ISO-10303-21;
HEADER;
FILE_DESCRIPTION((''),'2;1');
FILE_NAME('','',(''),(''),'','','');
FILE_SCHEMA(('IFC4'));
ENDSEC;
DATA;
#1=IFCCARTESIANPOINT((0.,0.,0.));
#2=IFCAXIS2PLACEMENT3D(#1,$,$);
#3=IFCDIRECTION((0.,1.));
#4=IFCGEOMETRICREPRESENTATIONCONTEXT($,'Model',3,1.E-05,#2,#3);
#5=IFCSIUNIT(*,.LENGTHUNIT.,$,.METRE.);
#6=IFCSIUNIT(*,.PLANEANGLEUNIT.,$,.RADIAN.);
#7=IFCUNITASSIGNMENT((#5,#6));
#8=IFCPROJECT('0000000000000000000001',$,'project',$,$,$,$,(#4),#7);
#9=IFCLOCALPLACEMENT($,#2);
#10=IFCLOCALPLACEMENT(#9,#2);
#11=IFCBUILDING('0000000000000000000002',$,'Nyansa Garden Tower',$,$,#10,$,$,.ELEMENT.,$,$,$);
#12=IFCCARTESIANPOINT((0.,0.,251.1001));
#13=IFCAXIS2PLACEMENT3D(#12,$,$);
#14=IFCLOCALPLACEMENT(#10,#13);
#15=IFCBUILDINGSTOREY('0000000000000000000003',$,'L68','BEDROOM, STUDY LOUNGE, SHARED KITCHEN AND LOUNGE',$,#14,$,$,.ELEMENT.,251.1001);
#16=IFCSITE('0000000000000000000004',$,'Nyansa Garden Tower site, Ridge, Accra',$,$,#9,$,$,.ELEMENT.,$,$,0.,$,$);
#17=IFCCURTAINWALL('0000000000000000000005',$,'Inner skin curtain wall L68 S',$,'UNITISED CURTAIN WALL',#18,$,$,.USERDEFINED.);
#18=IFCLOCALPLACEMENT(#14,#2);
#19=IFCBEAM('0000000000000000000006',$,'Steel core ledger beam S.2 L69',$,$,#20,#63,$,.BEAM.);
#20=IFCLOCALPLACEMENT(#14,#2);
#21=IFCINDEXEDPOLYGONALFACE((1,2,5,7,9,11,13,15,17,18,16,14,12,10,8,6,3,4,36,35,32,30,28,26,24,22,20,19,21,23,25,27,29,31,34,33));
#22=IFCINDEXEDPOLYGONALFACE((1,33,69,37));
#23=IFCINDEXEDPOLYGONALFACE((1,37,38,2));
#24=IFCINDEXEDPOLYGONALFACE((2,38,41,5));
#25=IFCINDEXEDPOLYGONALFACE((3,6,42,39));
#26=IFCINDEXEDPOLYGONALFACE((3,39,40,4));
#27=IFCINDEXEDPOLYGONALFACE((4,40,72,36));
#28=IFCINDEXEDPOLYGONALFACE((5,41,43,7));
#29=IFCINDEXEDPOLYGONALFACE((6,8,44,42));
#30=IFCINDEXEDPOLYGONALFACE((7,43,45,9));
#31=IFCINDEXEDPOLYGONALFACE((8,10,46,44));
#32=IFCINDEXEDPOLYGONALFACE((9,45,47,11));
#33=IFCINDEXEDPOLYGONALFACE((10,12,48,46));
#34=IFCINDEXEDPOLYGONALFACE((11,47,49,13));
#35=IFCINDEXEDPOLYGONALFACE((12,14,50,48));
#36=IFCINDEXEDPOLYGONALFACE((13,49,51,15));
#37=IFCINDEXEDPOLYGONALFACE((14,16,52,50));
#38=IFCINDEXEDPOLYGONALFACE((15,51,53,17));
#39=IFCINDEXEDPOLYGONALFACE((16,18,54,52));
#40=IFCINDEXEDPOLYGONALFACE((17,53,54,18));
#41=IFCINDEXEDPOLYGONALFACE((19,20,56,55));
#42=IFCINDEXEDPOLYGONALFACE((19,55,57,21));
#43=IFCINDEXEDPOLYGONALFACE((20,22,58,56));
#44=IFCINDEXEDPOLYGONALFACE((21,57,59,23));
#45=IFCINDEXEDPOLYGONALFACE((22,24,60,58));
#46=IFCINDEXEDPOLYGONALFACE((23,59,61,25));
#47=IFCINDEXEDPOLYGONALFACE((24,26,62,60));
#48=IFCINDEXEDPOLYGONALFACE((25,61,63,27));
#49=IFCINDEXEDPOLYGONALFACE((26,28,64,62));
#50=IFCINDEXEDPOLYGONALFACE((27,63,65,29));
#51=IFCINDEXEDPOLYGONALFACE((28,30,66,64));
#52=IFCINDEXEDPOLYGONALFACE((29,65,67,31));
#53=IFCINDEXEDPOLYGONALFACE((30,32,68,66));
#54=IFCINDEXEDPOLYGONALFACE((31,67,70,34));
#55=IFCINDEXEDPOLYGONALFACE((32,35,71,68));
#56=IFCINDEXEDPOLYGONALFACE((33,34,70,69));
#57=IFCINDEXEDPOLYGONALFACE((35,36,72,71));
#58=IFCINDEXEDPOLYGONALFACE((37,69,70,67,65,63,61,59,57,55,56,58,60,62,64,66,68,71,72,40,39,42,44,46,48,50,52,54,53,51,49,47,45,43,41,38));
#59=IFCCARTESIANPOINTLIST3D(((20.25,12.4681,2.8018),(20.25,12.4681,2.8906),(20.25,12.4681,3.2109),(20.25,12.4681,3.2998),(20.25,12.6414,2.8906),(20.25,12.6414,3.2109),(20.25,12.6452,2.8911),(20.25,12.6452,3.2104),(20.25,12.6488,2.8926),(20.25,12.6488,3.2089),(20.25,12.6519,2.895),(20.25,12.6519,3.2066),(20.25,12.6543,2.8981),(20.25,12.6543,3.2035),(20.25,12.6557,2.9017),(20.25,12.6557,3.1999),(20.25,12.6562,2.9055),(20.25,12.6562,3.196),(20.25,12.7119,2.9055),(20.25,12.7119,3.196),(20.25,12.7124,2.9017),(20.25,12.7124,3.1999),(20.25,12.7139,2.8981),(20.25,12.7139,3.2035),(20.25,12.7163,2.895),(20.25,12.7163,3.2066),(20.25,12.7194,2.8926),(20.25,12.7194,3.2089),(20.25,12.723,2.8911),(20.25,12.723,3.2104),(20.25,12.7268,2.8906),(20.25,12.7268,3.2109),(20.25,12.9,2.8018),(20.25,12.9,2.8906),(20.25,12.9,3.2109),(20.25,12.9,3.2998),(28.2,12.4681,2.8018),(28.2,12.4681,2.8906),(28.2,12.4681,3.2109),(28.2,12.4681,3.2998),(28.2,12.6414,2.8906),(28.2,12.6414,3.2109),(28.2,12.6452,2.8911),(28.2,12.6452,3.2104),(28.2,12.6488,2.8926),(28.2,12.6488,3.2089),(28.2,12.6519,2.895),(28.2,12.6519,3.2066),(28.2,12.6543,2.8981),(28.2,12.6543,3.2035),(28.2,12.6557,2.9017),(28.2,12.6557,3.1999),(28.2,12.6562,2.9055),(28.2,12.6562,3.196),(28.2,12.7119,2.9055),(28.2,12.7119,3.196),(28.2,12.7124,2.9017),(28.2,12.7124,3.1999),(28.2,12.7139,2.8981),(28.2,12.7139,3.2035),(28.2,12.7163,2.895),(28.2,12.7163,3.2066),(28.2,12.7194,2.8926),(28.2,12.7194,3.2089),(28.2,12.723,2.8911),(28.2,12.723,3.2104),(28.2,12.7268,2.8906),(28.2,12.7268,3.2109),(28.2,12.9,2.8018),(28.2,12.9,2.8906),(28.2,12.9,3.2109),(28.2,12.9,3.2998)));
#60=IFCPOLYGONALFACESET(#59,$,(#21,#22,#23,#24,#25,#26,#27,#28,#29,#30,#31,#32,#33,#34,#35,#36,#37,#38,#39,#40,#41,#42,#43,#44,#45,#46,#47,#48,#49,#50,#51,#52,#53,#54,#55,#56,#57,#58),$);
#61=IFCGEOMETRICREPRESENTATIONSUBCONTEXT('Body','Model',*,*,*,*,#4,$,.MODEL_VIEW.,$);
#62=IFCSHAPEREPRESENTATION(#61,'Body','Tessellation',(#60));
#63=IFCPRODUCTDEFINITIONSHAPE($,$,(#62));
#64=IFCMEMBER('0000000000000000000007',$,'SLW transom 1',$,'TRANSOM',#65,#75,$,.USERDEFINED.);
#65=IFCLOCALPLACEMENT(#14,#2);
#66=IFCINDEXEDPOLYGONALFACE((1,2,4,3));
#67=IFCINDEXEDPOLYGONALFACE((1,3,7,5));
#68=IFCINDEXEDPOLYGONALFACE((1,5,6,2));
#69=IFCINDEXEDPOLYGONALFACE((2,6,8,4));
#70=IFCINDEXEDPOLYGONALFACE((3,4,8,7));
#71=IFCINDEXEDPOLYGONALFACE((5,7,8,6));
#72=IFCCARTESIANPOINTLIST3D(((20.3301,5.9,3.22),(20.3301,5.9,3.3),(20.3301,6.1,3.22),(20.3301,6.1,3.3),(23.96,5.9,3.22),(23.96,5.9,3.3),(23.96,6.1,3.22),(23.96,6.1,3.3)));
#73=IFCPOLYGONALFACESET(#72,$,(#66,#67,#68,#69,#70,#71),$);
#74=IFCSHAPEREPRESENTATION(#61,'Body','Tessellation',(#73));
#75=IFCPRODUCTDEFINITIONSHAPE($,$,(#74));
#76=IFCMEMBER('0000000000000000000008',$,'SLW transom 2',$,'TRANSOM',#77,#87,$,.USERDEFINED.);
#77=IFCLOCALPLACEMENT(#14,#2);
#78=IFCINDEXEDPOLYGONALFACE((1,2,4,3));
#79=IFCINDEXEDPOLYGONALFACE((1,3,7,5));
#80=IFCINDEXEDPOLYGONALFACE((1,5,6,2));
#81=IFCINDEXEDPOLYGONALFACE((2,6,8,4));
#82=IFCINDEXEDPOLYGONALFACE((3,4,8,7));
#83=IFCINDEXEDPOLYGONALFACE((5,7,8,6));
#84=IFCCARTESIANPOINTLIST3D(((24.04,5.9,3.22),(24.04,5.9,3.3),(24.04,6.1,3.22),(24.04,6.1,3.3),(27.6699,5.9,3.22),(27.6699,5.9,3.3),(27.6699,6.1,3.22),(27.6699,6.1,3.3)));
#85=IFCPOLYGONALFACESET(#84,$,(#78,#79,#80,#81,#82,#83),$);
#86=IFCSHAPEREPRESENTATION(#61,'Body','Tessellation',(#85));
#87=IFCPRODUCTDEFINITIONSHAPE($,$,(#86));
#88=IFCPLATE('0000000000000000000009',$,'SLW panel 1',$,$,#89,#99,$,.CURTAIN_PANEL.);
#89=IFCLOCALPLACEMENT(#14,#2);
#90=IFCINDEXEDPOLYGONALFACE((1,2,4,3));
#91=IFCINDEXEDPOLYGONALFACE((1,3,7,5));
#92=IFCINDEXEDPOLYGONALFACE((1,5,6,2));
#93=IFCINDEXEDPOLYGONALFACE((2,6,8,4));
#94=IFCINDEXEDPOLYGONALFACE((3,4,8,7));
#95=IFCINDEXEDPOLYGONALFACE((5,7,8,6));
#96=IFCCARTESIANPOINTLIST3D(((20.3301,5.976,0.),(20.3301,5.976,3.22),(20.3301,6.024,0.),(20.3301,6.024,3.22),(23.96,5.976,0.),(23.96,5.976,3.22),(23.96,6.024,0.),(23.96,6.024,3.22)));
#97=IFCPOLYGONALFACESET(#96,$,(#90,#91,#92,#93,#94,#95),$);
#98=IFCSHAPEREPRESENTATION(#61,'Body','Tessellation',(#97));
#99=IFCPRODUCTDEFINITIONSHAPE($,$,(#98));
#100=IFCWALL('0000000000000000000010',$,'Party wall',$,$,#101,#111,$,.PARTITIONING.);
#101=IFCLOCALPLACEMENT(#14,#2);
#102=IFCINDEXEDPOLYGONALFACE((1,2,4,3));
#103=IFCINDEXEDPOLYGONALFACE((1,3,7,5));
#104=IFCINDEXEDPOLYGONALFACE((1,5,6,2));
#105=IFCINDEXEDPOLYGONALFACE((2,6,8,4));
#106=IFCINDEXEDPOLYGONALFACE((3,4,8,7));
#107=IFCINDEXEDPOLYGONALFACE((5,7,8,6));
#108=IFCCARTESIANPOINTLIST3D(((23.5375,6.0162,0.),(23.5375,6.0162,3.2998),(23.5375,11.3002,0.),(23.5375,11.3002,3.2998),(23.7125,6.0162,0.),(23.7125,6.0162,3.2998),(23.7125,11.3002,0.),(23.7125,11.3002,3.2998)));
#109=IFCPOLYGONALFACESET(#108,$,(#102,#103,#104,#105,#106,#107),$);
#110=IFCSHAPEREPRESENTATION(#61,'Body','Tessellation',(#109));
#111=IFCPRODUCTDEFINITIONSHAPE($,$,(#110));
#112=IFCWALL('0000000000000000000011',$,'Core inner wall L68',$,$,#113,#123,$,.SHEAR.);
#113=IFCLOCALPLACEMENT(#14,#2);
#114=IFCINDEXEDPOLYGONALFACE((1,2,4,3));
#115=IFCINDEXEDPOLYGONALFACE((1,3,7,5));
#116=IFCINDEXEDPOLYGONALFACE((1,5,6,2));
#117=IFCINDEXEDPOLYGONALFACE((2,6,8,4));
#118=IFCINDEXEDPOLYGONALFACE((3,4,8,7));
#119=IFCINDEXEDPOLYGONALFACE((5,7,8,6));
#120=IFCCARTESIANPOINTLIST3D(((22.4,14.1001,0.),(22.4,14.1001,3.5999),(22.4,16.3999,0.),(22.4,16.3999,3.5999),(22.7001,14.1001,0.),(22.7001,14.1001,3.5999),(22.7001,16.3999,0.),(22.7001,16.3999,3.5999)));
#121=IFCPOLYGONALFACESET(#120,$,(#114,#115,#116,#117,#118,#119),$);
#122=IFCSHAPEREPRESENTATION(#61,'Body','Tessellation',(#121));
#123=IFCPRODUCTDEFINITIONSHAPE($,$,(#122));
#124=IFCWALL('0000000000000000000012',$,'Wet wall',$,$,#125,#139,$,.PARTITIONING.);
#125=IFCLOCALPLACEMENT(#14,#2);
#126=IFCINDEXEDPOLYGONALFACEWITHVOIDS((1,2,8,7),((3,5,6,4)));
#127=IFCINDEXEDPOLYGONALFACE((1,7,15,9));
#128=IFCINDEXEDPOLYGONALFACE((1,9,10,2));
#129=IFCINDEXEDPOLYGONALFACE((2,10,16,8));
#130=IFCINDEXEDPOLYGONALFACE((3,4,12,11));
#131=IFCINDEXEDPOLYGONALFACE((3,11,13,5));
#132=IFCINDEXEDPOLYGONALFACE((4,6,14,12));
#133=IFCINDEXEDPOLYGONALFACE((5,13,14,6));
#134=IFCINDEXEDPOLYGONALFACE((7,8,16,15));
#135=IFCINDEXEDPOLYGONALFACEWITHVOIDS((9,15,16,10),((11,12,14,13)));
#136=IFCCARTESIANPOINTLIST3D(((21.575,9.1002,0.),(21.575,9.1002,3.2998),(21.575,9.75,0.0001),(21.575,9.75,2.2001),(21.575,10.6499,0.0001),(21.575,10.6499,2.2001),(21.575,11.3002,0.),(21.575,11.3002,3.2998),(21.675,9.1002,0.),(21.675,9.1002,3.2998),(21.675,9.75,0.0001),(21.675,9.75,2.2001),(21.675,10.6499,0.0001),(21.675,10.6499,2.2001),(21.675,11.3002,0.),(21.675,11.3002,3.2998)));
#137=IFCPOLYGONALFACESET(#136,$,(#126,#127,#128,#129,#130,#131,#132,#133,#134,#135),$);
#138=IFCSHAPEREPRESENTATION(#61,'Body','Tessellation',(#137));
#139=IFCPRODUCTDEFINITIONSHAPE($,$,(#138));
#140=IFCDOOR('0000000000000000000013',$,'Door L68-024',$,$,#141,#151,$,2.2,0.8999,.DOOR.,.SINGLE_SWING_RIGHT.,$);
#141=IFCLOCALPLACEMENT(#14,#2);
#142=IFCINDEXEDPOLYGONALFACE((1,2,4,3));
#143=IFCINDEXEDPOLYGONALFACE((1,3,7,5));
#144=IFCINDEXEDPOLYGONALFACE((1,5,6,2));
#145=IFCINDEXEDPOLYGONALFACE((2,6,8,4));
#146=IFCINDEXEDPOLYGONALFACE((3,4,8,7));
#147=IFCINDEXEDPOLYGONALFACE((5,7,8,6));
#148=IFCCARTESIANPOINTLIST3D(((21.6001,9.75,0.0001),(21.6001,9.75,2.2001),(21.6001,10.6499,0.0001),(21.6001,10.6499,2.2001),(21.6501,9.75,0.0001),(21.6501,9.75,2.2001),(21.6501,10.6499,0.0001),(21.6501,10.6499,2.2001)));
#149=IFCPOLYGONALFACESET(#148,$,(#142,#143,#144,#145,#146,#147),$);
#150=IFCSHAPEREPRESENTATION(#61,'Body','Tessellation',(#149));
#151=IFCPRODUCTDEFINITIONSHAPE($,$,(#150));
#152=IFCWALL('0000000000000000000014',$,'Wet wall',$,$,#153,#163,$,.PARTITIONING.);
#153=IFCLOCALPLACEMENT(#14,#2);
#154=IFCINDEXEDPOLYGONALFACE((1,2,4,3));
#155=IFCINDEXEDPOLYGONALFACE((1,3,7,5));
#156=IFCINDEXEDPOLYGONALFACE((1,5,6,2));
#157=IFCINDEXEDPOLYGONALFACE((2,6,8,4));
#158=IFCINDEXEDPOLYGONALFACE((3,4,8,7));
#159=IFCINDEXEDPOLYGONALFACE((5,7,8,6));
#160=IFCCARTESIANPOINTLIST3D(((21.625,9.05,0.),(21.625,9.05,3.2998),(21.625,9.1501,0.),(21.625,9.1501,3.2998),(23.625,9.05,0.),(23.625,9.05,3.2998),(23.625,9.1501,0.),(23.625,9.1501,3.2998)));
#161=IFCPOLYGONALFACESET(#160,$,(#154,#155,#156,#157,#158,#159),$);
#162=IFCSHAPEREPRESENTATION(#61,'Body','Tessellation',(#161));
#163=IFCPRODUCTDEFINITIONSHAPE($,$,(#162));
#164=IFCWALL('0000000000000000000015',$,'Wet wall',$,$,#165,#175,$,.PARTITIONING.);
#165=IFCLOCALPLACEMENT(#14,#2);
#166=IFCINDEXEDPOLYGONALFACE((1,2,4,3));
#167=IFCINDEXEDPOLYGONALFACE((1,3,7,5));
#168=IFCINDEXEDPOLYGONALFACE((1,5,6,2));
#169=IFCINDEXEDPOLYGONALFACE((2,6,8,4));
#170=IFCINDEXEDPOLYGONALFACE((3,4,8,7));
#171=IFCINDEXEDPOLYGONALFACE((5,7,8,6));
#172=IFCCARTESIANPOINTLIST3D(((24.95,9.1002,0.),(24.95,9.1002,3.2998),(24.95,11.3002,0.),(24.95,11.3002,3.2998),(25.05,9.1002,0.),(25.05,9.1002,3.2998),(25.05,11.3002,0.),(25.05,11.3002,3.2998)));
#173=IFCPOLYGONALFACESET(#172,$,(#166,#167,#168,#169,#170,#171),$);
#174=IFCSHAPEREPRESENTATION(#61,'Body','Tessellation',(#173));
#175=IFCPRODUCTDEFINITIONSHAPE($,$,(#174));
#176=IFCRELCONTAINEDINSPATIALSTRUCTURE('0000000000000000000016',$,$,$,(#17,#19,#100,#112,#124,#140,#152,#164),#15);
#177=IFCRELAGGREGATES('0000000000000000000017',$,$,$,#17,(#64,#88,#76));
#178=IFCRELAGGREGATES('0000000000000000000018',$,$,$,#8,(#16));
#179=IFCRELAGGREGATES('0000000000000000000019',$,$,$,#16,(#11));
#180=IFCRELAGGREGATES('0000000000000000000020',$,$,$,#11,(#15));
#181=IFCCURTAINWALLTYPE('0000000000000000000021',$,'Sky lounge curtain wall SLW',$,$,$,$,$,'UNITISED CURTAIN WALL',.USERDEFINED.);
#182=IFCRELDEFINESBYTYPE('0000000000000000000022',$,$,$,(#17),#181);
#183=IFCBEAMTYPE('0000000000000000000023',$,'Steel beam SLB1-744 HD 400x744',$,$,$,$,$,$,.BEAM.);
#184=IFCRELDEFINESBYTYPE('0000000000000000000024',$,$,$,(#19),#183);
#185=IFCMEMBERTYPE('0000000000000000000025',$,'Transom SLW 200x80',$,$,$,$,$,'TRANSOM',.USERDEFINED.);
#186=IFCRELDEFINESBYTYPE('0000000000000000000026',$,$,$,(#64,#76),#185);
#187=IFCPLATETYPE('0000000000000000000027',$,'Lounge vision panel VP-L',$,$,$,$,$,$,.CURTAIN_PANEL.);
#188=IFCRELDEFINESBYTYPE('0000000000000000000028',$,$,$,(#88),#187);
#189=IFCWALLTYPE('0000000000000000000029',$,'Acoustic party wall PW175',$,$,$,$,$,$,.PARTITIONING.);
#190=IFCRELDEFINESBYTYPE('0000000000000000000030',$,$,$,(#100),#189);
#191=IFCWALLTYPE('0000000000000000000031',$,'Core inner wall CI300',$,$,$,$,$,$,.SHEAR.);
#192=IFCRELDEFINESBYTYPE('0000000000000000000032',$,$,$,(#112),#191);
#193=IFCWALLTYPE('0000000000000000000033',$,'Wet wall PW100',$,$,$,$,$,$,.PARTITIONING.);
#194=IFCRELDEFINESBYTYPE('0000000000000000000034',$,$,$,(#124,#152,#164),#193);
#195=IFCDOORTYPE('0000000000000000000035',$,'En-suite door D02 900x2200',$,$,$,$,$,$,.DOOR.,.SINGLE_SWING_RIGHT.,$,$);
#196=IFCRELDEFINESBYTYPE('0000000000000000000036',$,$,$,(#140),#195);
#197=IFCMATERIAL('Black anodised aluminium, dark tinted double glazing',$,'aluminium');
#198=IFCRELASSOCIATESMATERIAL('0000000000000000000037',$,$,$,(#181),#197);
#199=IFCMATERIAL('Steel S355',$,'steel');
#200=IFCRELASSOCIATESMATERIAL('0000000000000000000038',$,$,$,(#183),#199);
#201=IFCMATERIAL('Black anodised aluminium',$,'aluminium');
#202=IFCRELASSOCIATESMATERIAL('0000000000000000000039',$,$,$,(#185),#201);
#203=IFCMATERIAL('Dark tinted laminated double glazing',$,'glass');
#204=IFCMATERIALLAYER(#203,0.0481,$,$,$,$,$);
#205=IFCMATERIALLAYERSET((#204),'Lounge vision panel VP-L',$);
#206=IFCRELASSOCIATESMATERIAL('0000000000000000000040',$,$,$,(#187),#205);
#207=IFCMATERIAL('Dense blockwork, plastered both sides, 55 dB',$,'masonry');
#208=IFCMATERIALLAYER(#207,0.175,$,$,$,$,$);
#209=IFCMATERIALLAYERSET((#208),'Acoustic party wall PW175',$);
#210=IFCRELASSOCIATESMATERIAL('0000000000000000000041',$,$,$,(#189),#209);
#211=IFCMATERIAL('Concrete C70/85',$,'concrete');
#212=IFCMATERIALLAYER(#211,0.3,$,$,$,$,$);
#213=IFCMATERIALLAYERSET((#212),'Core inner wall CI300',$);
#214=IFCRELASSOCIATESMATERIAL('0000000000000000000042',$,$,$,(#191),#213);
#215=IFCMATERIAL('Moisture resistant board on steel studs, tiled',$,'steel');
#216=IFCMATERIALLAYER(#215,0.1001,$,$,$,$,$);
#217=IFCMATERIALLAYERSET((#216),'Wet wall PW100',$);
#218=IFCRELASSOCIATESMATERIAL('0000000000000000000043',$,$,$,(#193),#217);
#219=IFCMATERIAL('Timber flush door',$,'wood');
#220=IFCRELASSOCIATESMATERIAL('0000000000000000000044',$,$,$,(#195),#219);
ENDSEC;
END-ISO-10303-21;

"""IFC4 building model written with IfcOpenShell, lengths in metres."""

from ifc_helpers import new_model, si_unit, direction, frame, frame_2d, origin, origin_2d, place, context, subcontext, project, spatial, rectangle, i_section, extrude, material, layer, layer_set, material_profile, profile_set, type_object, element, fill, aggregate, save


model = new_model("IFC4")

# Units and contexts
model_context = context("Model", 3, precision=1e-05, world=origin(), true_north=direction((0.0, 1.0)))
body_context = subcontext(model_context, "Body", "Model", "MODEL_VIEW")
ifc_project = project(units=[si_unit("LENGTHUNIT", "METRE"), si_unit("PLANEANGLEUNIT", "RADIAN")], contexts=[model_context])

# Site, building, storey
site_placement = place(None, origin())
site = spatial("IfcSite", under=ifc_project, at=site_placement, Name="Nyansa Garden Tower site, Ridge, Accra", CompositionType="ELEMENT", RefElevation=0.0)
building_placement = place(site_placement, origin())
building = spatial("IfcBuilding", under=site, at=building_placement, Name="Nyansa Garden Tower", CompositionType="ELEMENT")
storey_placement = place(building_placement, frame((0.0, 0.0, 251.1001)))
storey = spatial("IfcBuildingStorey", under=building, at=storey_placement, Name="L68", Description="BEDROOM, STUDY LOUNGE, SHARED KITCHEN AND LOUNGE", CompositionType="ELEMENT", Elevation=251.1001)

# Curtain wall
ifc_material_1 = material(Name="Black anodised aluminium, dark tinted double glazing", Category="aluminium")
curtain_wall_type = type_object("IfcCurtainWallType", Name="Sky lounge curtain wall SLW", ElementType="UNITISED CURTAIN WALL", PredefinedType="USERDEFINED", material=ifc_material_1)
curtain_wall_placement = place(storey_placement, origin())
curtain_wall = element("IfcCurtainWall", 1, at=curtain_wall_placement, inside=storey, type_object=curtain_wall_type, Name="Inner skin curtain wall L68 S", ObjectType="UNITISED CURTAIN WALL", PredefinedType="USERDEFINED")

# Beam
ifc_material_2 = material(Name="Steel S355", Category="steel")
ifc_material_profile_1 = material_profile(ifc_material_2, i_section(OverallWidth=0.4319, OverallDepth=0.498, WebThickness=0.0557, FlangeThickness=0.0889, FilletRadius=0.0149, at=origin_2d()), Name="HD 400x744")
ifc_profile_set_1 = profile_set([ifc_material_profile_1], Name="Steel S355")
beam_type_1 = type_object("IfcBeamType", Name="Steel beam SLB1-744 HD 400x744", PredefinedType="BEAM", material=ifc_profile_set_1)
beam_1_placement = place(storey_placement, frame((20.25, 12.6841, 3.0508), z_axis=(1.0, 0.0, 0.0), x_axis=(0.0, 1.0, 0.0)))
element("IfcBeam", 2, at=beam_1_placement, inside=storey, type_object=beam_type_1, Name="Steel core ledger beam S.2 L69", PredefinedType="BEAM", context=body_context, shape_type="SweptSolid", body=[
    extrude(i_section(OverallWidth=0.4319, OverallDepth=0.498, WebThickness=0.0557, FlangeThickness=0.0889, FilletRadius=0.0149, at=origin_2d()), origin(), (0.0, 0.0, 1.0), 7.95),
])

# Members
ifc_material_3 = material(Name="Black anodised aluminium", Category="aluminium")
ifc_material_profile_2 = material_profile(ifc_material_3, rectangle(XDim=0.2, YDim=0.0801, at=origin_2d()), Name="Transom 200x80")
ifc_profile_set_2 = profile_set([ifc_material_profile_2], Name="Black anodised aluminium")
member_type_1 = type_object("IfcMemberType", Name="Transom SLW 200x80", ElementType="TRANSOM", PredefinedType="USERDEFINED", material=ifc_profile_set_2)
member_1_placement = place(storey_placement, frame((20.3301, 6.0, 3.26), z_axis=(1.0, 0.0, 0.0), x_axis=(0.0, 1.0, 0.0)))
member_1 = element("IfcMember", 3, at=member_1_placement, type_object=member_type_1, Name="SLW transom 1", ObjectType="TRANSOM", PredefinedType="USERDEFINED", context=body_context, shape_type="SweptSolid", body=[
    extrude(rectangle(XDim=0.2, YDim=0.0801, at=origin_2d()), origin(), (0.0, 0.0, 1.0), 3.6299),
])
member_2_placement = place(storey_placement, frame((24.04, 6.0, 3.26), z_axis=(1.0, 0.0, 0.0), x_axis=(0.0, 1.0, 0.0)))
member_2 = element("IfcMember", 4, at=member_2_placement, type_object=member_type_1, Name="SLW transom 2", ObjectType="TRANSOM", PredefinedType="USERDEFINED", context=body_context, shape_type="SweptSolid", body=[
    extrude(rectangle(XDim=0.2, YDim=0.0801, at=origin_2d()), origin(), (0.0, 0.0, 1.0), 3.6299),
])

# Plate
ifc_material_4 = material(Name="Dark tinted laminated double glazing", Category="glass")
ifc_layer_1 = layer(ifc_material_4, 0.0481)
ifc_layer_set_1 = layer_set([ifc_layer_1], Name="Lounge vision panel VP-L")
plate_type = type_object("IfcPlateType", Name="Lounge vision panel VP-L", PredefinedType="CURTAIN_PANEL", material=ifc_layer_set_1)
plate_placement = place(storey_placement, frame((22.145, 6.0, 0.0), z_axis=(0.0, 0.0, 1.0), x_axis=(1.0, 0.0, 0.0)))
plate = element("IfcPlate", 5, at=plate_placement, type_object=plate_type, Name="SLW panel 1", PredefinedType="CURTAIN_PANEL", context=body_context, shape_type="SweptSolid", body=[
    extrude(rectangle(XDim=3.6299, YDim=0.0481, at=origin_2d()), origin(), (0.0, 0.0, 1.0), 3.22),
])
aggregate(curtain_wall, [member_1, plate, member_2])

# Walls
ifc_material_5 = material(Name="Dense blockwork, plastered both sides, 55 dB", Category="masonry")
ifc_layer_2 = layer(ifc_material_5, 0.175)
ifc_layer_set_2 = layer_set([ifc_layer_2], Name="Acoustic party wall PW175")
wall_type_1 = type_object("IfcWallType", Name="Acoustic party wall PW175", PredefinedType="PARTITIONING", material=ifc_layer_set_2)
wall_1_placement = place(storey_placement, frame((23.625, 6.0161, 0.0), z_axis=(0.0, 0.0, 1.0), x_axis=(0.0, 1.0, 0.0)))
element("IfcWall", 6, at=wall_1_placement, inside=storey, type_object=wall_type_1, Name="Party wall", PredefinedType="PARTITIONING", context=body_context, shape_type="SweptSolid", body=[
    extrude(rectangle(XDim=5.2839, YDim=0.175, at=frame_2d((2.6421, 0.0))), origin(), (0.0, 0.0, 1.0), 3.2998),
])
ifc_material_6 = material(Name="Concrete C70/85", Category="concrete")
ifc_layer_3 = layer(ifc_material_6, 0.3)
ifc_layer_set_3 = layer_set([ifc_layer_3], Name="Core inner wall CI300")
wall_type_2 = type_object("IfcWallType", Name="Core inner wall CI300", PredefinedType="SHEAR", material=ifc_layer_set_3)
wall_2_placement = place(storey_placement, frame((22.55, 14.1001, 0.0), z_axis=(0.0, 0.0, 1.0), x_axis=(0.0, 1.0, 0.0)))
element("IfcWall", 7, at=wall_2_placement, inside=storey, type_object=wall_type_2, Name="Core inner wall L68", PredefinedType="SHEAR", context=body_context, shape_type="SweptSolid", body=[
    extrude(rectangle(XDim=2.2998, YDim=0.3, at=frame_2d((1.1499, 0.0))), origin(), (0.0, 0.0, 1.0), 3.5999),
])

# Wall, opening, door
ifc_material_7 = material(Name="Moisture resistant board on steel studs, tiled", Category="steel")
ifc_layer_4 = layer(ifc_material_7, 0.1001)
ifc_layer_set_4 = layer_set([ifc_layer_4], Name="Wet wall PW100")
wall_type_3 = type_object("IfcWallType", Name="Wet wall PW100", PredefinedType="PARTITIONING", material=ifc_layer_set_4)
wall_3_placement = place(storey_placement, frame((21.625, 9.1001, 0.0), z_axis=(0.0, 0.0, 1.0), x_axis=(0.0, 1.0, 0.0)))
wall_3 = element("IfcWall", 8, at=wall_3_placement, inside=storey, type_object=wall_type_3, Name="Wet wall", PredefinedType="PARTITIONING", context=body_context, shape_type="SweptSolid", body=[
    extrude(rectangle(XDim=2.2, YDim=0.1001, at=frame_2d((1.1001, 0.0))), origin(), (0.0, 0.0, 1.0), 3.2998),
])
opening_placement = place(wall_3_placement, frame((0.6499, 0.0, 0.0)))
opening = element("IfcOpeningElement", 9, at=opening_placement, cuts=wall_3, PredefinedType="OPENING", context=body_context, shape_type="SweptSolid", body=[
    extrude(rectangle(XDim=0.8999, YDim=2.2, at=frame_2d((0.45, 1.1001))), frame((0.0, 0.0601, 0.0), z_axis=(0.0, -1.0, 0.0), x_axis=(1.0, 0.0, 0.0)), (0.0, 0.0, 1.0), 0.1201),
])
ifc_material_8 = material(Name="Timber flush door", Category="wood")
door_type = type_object("IfcDoorType", Name="En-suite door D02 900x2200", OperationType="SINGLE_SWING_RIGHT", PredefinedType="DOOR", material=ifc_material_8)
door_placement = place(opening_placement, origin())
door = element("IfcDoor", 10, at=door_placement, inside=storey, type_object=door_type, Name="Door L68-024", OperationType="SINGLE_SWING_RIGHT", OverallHeight=2.2, OverallWidth=0.8999, PredefinedType="DOOR", context=body_context, shape_type="SweptSolid", body=[
    extrude(rectangle(XDim=0.8999, YDim=2.2, at=frame_2d((0.45, 1.1001))), frame((0.0, 0.0249, 0.0), z_axis=(0.0, -1.0, 0.0), x_axis=(1.0, 0.0, 0.0)), (0.0, 0.0, 1.0), 0.05),
])
fill(opening, door)

# Walls
wall_4_placement = place(storey_placement, frame((21.625, 9.1001, 0.0), z_axis=(0.0, 0.0, 1.0), x_axis=(1.0, 0.0, 0.0)))
element("IfcWall", 11, at=wall_4_placement, inside=storey, type_object=wall_type_3, Name="Wet wall", PredefinedType="PARTITIONING", context=body_context, shape_type="SweptSolid", body=[
    extrude(rectangle(XDim=2.0, YDim=0.1001, at=frame_2d((1.0, 0.0))), origin(), (0.0, 0.0, 1.0), 3.2998),
])
wall_5_placement = place(storey_placement, frame((25.0, 9.1001, 0.0), z_axis=(0.0, 0.0, 1.0), x_axis=(0.0, 1.0, 0.0)))
element("IfcWall", 12, at=wall_5_placement, inside=storey, type_object=wall_type_3, Name="Wet wall", PredefinedType="PARTITIONING", context=body_context, shape_type="SweptSolid", body=[
    extrude(rectangle(XDim=2.2, YDim=0.1001, at=frame_2d((1.1001, 0.0))), origin(), (0.0, 0.0, 1.0), 3.2998),
])

save(model, "model.ifc")
